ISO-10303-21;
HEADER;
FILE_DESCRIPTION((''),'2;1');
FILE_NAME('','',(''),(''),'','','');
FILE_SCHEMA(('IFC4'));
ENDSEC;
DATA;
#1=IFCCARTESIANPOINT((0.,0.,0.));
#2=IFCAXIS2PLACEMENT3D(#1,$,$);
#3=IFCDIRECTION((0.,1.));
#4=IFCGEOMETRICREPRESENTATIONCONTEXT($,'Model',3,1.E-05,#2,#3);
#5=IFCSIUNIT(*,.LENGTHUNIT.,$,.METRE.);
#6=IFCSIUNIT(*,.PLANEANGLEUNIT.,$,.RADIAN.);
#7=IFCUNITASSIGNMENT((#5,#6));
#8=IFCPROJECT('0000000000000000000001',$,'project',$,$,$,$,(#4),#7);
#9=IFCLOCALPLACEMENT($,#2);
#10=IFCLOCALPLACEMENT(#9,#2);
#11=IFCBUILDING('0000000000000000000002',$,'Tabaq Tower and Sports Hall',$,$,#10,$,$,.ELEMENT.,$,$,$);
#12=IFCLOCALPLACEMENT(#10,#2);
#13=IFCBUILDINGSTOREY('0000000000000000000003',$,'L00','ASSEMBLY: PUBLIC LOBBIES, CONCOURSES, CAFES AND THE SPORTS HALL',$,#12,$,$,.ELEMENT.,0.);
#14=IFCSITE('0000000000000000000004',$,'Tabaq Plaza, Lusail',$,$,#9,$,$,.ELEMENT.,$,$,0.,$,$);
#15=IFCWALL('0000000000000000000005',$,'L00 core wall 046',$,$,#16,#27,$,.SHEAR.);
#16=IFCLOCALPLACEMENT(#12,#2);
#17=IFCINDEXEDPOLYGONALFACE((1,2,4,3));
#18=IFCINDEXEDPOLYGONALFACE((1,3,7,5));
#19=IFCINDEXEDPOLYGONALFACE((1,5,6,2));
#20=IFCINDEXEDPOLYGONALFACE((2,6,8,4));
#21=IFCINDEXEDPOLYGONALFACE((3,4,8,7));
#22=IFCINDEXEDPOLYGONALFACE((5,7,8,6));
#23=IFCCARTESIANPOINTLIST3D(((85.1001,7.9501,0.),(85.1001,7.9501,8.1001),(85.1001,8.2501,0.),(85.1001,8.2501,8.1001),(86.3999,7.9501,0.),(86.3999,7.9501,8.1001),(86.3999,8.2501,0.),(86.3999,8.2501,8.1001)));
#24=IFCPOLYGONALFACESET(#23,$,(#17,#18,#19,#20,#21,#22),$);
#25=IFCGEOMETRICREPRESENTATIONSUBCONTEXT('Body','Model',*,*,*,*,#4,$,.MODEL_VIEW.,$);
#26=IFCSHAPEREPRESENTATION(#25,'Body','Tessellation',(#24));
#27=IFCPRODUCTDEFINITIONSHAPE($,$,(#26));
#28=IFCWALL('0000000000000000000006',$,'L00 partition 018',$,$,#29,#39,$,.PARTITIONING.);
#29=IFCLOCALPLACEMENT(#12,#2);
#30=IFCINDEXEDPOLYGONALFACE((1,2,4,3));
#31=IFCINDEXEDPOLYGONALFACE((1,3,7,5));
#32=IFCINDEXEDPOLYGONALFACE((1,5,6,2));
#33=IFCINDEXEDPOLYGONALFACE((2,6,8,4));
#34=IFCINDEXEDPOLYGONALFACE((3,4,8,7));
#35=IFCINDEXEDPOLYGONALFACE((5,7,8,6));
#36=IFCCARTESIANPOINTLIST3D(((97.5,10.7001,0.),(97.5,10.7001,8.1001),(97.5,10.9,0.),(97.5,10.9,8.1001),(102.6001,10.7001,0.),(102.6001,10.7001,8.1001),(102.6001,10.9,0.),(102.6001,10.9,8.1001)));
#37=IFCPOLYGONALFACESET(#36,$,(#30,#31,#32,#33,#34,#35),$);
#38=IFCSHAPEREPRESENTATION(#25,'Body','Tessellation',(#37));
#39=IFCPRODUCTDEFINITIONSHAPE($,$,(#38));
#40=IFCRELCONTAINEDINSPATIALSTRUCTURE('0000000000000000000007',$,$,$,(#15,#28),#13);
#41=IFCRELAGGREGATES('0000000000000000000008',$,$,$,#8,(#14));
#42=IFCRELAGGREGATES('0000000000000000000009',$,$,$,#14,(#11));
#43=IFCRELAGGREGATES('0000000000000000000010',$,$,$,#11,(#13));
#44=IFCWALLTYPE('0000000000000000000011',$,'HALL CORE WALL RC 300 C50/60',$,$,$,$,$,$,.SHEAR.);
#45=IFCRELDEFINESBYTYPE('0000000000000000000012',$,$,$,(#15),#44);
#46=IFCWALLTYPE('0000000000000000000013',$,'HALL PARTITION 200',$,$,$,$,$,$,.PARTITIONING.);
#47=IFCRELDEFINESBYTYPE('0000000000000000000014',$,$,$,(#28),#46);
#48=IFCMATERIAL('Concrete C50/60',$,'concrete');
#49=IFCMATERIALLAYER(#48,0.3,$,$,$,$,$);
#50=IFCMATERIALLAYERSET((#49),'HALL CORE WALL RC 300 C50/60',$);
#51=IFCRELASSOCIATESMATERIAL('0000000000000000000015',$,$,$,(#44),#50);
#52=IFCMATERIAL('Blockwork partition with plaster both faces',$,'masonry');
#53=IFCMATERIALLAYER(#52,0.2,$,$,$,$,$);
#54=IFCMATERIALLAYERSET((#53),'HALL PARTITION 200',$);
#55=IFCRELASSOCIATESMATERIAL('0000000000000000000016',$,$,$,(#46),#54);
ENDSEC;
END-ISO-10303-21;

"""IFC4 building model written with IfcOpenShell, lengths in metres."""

from ifc_helpers import new_model, si_unit, direction, frame, frame_2d, origin, place, context, subcontext, project, spatial, rectangle, extrude, material, layer, layer_set, type_object, element, save


model = new_model("IFC4")

# Units and contexts
model_context = context("Model", 3, precision=1e-05, world=origin(), true_north=direction((0.0, 1.0)))
body_context = subcontext(model_context, "Body", "Model", "MODEL_VIEW")
ifc_project = project(units=[si_unit("LENGTHUNIT", "METRE"), si_unit("PLANEANGLEUNIT", "RADIAN")], contexts=[model_context])

# Site, building, storey
site_placement = place(None, origin())
site = spatial("IfcSite", under=ifc_project, at=site_placement, Name="Tabaq Plaza, Lusail", CompositionType="ELEMENT", RefElevation=0.0)
building_placement = place(site_placement, origin())
building = spatial("IfcBuilding", under=site, at=building_placement, Name="Tabaq Tower and Sports Hall", CompositionType="ELEMENT")
storey_placement = place(building_placement, origin())
storey = spatial("IfcBuildingStorey", under=building, at=storey_placement, Name="L00", Description="ASSEMBLY: PUBLIC LOBBIES, CONCOURSES, CAFES AND THE SPORTS HALL", CompositionType="ELEMENT", Elevation=0.0)

# Shared definitions
ifc_material_1 = material(Name="Concrete C50/60", Category="concrete")
ifc_layer_1 = layer(ifc_material_1, 0.3)
ifc_layer_set_1 = layer_set([ifc_layer_1], Name="HALL CORE WALL RC 300 C50/60")
wall_type_1 = type_object("IfcWallType", Name="HALL CORE WALL RC 300 C50/60", PredefinedType="SHEAR", material=ifc_layer_set_1)

# Wall
wall_1_placement = place(storey_placement, frame((85.1001, 8.1001, 0.0), z_axis=(0.0, 0.0, 1.0), x_axis=(1.0, 0.0, 0.0)))
element("IfcWall", 1, at=wall_1_placement, inside=storey, type_object=wall_type_1, Name="L00 core wall 046", PredefinedType="SHEAR", context=body_context, shape_type="SweptSolid", body=[
    extrude(rectangle(XDim=1.2998, YDim=0.3, at=frame_2d((0.6499, 0.0))), origin(), (0.0, 0.0, 1.0), 8.1001),
])

# Shared definitions
ifc_material_2 = material(Name="Blockwork partition with plaster both faces", Category="masonry")
ifc_layer_2 = layer(ifc_material_2, 0.2)
ifc_layer_set_2 = layer_set([ifc_layer_2], Name="HALL PARTITION 200")
wall_type_2 = type_object("IfcWallType", Name="HALL PARTITION 200", PredefinedType="PARTITIONING", material=ifc_layer_set_2)

# Wall
wall_2_placement = place(storey_placement, frame((97.5, 10.8, 0.0), z_axis=(0.0, 0.0, 1.0), x_axis=(1.0, 0.0, 0.0)))
element("IfcWall", 2, at=wall_2_placement, inside=storey, type_object=wall_type_2, Name="L00 partition 018", PredefinedType="PARTITIONING", context=body_context, shape_type="SweptSolid", body=[
    extrude(rectangle(XDim=5.1001, YDim=0.2, at=frame_2d((2.55, 0.0))), origin(), (0.0, 0.0, 1.0), 8.1001),
])

save(model, "model.ifc")
